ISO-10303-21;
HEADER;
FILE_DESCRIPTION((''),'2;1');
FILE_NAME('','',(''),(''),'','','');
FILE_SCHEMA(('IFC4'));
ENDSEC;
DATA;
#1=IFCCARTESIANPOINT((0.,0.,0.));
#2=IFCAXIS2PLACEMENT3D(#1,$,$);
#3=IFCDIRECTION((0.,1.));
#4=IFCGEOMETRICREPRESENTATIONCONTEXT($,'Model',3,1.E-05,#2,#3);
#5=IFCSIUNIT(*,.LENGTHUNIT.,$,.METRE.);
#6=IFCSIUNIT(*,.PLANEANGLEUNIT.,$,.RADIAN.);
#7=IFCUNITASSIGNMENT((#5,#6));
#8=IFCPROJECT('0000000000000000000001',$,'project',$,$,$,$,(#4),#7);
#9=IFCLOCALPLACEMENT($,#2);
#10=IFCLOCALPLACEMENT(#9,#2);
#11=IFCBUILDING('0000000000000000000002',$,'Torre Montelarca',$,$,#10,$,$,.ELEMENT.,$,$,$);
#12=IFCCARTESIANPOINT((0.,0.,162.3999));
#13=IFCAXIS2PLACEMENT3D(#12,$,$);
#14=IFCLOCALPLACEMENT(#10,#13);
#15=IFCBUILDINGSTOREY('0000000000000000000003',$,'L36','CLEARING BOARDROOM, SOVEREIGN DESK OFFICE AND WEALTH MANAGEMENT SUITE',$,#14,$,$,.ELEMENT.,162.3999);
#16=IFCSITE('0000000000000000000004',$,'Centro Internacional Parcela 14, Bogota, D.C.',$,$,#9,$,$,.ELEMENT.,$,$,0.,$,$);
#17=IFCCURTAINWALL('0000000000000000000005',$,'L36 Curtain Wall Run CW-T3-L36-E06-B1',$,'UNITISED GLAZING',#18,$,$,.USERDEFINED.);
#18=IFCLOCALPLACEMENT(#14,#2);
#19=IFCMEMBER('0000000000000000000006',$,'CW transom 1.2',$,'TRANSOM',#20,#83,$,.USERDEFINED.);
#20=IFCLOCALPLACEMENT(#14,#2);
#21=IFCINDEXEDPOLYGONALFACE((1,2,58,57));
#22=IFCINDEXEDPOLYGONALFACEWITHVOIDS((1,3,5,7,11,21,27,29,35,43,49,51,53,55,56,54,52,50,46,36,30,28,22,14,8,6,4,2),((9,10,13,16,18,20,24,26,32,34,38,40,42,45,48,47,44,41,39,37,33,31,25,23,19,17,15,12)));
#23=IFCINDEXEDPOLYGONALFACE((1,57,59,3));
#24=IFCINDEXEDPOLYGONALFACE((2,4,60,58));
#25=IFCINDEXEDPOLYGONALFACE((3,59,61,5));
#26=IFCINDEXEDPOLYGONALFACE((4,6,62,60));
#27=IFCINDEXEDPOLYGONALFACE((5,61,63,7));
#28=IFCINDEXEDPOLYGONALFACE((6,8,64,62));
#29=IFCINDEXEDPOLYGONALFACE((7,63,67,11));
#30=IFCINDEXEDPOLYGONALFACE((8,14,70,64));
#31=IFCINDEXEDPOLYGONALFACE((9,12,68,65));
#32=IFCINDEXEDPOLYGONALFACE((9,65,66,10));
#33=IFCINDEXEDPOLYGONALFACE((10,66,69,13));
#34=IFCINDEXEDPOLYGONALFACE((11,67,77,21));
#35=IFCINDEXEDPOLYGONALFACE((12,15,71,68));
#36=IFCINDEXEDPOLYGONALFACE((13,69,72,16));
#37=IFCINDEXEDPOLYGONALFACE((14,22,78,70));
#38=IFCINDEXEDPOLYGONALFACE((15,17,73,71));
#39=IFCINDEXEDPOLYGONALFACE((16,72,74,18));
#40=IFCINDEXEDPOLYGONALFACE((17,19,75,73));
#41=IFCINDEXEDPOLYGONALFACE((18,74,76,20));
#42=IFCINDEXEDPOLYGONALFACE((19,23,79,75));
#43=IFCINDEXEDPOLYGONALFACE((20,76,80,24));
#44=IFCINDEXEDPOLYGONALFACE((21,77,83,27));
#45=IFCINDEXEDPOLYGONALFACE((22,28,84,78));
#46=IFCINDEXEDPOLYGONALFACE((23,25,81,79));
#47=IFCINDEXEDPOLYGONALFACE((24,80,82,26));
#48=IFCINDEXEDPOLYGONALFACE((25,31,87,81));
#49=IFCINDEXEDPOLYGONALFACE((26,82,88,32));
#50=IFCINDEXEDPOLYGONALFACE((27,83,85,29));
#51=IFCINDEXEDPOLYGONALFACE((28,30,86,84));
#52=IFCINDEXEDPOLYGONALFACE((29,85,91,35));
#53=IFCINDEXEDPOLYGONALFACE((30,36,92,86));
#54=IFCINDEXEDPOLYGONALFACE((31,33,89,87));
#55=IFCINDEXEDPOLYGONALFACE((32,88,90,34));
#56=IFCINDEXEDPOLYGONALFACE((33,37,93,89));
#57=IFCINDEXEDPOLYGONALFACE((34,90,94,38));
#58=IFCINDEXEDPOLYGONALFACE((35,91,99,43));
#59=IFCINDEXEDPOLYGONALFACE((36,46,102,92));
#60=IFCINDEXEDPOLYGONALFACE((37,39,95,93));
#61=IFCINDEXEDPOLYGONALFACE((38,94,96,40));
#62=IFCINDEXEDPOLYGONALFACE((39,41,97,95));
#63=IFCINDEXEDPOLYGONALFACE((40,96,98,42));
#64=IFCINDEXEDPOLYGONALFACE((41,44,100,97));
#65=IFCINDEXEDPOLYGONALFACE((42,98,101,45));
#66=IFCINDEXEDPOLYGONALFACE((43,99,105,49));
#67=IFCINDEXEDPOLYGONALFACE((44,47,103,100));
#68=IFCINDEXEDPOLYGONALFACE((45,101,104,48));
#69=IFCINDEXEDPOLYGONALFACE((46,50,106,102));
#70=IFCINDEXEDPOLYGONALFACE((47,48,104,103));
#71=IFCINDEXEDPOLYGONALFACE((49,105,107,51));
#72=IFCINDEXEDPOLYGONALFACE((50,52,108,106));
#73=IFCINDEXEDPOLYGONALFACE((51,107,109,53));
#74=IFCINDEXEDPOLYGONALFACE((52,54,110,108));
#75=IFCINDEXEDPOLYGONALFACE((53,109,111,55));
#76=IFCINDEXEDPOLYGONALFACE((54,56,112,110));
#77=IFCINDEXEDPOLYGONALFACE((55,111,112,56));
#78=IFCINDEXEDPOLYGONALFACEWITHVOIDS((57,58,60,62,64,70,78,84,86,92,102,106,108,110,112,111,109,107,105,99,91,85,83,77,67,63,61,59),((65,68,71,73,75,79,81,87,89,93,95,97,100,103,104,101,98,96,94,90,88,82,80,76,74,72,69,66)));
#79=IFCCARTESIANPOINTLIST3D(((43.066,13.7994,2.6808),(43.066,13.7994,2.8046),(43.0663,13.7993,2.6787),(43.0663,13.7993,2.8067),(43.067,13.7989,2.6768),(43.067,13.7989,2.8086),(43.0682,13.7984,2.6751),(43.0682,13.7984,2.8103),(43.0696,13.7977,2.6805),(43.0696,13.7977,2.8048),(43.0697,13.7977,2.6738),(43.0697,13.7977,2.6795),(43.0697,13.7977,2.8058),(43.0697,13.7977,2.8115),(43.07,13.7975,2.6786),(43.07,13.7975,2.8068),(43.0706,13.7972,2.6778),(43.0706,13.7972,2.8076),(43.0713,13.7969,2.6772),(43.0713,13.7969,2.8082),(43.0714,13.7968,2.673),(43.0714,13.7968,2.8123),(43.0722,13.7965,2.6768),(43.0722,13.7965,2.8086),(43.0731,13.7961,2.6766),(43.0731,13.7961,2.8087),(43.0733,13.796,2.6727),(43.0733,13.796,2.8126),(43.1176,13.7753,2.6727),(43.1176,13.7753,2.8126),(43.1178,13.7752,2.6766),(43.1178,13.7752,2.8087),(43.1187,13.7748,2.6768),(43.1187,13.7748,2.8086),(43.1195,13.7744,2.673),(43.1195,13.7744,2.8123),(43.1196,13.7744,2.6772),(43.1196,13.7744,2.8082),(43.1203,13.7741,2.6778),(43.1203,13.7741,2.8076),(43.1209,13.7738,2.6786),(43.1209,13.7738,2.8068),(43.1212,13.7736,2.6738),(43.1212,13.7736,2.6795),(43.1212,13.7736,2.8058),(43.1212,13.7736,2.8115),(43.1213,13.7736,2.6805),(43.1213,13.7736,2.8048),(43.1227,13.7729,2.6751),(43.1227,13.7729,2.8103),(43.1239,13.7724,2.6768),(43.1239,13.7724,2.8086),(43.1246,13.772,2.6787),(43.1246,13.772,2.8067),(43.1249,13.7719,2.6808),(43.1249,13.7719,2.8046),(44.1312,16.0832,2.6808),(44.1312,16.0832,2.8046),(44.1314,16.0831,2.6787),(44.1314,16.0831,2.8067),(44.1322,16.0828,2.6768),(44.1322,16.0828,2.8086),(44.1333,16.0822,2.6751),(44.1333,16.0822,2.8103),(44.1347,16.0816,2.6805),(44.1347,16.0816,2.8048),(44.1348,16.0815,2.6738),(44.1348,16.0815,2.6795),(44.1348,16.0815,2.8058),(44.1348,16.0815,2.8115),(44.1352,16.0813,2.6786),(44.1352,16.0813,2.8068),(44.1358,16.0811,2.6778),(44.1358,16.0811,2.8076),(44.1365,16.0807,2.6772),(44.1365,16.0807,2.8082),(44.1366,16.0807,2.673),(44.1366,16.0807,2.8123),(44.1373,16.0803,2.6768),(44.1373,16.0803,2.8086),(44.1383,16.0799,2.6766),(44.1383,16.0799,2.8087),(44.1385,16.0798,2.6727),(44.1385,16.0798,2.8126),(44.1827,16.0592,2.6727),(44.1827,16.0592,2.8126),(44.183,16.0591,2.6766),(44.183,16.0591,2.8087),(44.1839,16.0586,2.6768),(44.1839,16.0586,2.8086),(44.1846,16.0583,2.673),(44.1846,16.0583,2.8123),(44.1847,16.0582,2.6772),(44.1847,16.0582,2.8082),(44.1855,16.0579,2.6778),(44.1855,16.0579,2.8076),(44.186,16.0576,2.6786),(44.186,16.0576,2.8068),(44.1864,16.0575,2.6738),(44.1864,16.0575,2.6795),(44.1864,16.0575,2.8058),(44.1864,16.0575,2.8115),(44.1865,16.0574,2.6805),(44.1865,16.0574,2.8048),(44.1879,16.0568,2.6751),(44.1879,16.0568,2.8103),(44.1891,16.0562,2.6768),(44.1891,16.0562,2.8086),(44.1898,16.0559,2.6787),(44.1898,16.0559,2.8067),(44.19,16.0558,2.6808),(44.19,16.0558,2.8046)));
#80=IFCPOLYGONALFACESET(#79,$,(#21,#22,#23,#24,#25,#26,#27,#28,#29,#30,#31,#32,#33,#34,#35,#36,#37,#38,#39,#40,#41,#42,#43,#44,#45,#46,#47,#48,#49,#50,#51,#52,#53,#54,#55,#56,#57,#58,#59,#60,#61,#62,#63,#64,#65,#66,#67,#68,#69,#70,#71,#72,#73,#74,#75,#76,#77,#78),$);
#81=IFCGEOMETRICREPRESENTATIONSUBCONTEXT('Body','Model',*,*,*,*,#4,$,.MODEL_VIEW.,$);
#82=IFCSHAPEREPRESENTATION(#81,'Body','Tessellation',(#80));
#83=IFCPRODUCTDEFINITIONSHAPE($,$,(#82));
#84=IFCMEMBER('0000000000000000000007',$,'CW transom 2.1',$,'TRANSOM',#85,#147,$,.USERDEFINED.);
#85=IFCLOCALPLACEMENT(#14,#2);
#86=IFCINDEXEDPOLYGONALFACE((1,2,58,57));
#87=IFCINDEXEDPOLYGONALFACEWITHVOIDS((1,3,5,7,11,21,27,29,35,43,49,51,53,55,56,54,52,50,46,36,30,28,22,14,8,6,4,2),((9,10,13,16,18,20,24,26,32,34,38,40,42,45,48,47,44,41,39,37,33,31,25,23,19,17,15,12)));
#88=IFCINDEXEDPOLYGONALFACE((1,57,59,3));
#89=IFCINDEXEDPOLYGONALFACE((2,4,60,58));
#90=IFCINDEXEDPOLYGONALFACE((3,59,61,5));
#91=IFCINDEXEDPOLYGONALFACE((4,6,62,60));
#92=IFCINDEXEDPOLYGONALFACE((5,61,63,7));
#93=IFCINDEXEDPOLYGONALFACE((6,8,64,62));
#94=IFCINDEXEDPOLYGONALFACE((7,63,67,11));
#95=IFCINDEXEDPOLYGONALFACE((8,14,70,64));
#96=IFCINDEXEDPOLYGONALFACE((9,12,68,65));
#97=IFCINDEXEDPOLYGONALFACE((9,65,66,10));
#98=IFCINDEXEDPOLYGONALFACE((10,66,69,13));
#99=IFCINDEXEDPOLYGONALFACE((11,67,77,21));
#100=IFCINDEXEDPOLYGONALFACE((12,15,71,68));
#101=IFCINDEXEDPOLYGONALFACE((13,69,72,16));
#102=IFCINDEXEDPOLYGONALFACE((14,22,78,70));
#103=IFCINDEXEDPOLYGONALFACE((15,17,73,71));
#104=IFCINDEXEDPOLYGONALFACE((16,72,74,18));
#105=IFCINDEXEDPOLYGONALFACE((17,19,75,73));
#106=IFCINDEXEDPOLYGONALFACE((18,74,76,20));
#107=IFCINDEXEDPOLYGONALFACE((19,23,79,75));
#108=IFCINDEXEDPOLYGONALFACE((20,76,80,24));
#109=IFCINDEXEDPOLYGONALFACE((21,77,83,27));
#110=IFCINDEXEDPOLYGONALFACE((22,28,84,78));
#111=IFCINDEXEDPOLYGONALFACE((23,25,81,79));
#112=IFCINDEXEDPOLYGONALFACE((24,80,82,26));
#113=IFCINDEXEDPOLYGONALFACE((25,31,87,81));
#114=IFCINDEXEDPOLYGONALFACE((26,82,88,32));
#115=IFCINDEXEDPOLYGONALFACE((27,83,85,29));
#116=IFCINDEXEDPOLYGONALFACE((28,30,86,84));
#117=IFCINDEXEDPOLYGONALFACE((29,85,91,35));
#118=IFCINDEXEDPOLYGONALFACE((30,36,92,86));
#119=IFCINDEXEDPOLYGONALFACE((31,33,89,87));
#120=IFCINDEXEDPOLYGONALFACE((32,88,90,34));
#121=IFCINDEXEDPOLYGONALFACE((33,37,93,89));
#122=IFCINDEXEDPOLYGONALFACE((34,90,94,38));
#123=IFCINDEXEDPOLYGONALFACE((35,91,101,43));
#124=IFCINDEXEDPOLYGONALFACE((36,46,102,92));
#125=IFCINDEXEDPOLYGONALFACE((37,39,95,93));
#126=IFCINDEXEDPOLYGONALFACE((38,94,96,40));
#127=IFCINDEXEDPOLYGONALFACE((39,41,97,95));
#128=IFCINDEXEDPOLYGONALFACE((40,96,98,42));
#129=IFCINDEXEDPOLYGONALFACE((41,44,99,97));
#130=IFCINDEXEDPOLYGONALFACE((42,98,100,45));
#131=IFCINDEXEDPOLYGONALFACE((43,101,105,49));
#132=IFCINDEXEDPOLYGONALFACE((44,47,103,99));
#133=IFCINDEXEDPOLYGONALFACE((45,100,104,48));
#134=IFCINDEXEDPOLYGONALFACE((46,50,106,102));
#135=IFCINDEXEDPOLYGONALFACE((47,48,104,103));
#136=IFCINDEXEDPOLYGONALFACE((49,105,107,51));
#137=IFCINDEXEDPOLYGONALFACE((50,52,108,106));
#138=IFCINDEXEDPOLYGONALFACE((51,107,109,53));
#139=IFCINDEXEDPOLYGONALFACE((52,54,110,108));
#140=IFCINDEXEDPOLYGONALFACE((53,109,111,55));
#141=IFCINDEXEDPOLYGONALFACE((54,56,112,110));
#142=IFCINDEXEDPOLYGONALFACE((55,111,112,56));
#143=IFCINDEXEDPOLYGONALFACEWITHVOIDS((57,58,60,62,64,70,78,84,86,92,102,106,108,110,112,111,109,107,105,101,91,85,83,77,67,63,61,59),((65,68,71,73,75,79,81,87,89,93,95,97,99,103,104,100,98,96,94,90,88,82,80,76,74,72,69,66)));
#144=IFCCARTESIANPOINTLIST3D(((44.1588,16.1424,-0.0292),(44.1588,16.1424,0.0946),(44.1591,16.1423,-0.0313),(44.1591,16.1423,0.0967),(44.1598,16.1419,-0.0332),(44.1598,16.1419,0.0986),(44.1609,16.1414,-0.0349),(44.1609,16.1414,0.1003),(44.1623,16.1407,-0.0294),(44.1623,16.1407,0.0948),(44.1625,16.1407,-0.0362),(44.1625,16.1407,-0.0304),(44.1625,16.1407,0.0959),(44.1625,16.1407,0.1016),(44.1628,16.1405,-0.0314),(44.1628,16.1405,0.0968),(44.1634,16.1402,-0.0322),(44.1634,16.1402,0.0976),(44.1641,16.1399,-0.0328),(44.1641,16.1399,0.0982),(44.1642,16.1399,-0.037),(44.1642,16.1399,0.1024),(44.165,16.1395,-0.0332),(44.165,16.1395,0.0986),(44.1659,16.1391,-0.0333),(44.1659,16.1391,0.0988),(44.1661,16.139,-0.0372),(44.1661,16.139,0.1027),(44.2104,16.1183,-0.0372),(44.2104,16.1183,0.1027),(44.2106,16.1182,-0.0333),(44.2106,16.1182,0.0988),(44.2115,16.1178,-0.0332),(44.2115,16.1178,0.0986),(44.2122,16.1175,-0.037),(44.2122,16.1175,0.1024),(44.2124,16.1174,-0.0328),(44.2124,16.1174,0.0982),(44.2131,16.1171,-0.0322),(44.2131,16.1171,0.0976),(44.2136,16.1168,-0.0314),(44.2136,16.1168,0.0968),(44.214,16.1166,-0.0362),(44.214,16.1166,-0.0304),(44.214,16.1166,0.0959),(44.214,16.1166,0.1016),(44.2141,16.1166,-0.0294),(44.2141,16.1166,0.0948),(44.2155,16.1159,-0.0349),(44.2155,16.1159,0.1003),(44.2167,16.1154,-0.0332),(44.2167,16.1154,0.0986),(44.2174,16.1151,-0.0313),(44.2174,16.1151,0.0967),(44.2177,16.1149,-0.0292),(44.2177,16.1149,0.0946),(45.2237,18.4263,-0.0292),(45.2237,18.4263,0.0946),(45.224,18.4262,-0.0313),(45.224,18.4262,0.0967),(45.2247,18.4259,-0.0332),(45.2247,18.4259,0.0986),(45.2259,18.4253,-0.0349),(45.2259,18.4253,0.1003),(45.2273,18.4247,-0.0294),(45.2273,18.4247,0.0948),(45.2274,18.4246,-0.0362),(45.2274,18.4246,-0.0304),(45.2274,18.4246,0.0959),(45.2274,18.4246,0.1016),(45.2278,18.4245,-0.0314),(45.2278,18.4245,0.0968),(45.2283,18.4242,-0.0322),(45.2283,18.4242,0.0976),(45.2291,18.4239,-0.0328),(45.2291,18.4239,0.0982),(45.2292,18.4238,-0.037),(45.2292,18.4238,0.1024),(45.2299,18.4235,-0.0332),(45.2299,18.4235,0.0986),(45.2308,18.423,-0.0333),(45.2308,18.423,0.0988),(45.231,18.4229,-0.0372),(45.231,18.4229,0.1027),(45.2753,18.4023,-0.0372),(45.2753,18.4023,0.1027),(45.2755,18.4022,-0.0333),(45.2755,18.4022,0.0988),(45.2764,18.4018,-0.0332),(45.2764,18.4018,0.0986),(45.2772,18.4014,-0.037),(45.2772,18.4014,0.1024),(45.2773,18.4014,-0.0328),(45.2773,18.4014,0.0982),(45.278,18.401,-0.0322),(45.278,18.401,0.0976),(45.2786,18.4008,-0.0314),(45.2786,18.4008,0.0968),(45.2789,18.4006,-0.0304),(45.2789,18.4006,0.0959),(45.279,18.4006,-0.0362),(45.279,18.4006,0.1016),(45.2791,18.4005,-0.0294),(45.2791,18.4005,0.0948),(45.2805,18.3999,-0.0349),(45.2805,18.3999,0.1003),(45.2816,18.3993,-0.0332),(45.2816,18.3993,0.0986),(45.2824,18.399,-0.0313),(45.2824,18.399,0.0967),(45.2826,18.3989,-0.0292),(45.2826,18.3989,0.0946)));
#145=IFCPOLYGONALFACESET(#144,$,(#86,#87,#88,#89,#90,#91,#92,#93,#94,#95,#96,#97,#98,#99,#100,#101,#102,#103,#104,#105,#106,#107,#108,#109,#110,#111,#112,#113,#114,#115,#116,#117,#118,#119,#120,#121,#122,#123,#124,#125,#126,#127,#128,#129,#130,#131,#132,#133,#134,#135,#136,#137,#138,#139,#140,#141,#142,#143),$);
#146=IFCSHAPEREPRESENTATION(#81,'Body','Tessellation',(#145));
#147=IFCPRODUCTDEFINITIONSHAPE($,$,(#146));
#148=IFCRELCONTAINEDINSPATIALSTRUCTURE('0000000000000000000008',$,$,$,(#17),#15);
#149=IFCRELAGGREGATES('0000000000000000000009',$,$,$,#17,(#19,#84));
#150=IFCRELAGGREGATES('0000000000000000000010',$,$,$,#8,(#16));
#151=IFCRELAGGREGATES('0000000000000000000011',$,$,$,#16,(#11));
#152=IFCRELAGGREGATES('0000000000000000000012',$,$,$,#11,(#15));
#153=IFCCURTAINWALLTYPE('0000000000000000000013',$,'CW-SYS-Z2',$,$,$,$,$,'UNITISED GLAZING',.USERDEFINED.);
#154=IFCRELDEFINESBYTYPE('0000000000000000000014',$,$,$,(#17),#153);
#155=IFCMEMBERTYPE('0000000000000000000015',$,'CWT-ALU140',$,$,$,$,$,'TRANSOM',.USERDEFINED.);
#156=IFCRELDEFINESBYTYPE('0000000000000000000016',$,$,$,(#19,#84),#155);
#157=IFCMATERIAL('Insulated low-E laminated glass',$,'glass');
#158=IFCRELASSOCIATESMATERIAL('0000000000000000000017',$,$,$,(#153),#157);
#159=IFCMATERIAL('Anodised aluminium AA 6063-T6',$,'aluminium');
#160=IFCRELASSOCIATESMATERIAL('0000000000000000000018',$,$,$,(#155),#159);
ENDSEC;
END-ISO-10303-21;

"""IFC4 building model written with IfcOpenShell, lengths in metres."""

from ifc_helpers import new_model, si_unit, direction, frame, origin, origin_2d, place, context, subcontext, project, spatial, hollow_rectangle, extrude, source, transform, mapped, material, material_profile, profile_set, type_object, element, aggregate, save


model = new_model("IFC4")

# Units and contexts
model_context = context("Model", 3, precision=1e-05, world=origin(), true_north=direction((0.0, 1.0)))
body_context = subcontext(model_context, "Body", "Model", "MODEL_VIEW")
ifc_project = project(units=[si_unit("LENGTHUNIT", "METRE"), si_unit("PLANEANGLEUNIT", "RADIAN")], contexts=[model_context])

# Site, building, storey
site_placement = place(None, origin())
site = spatial("IfcSite", under=ifc_project, at=site_placement, Name="Centro Internacional Parcela 14, Bogota, D.C.", CompositionType="ELEMENT", RefElevation=0.0)
building_placement = place(site_placement, origin())
building = spatial("IfcBuilding", under=site, at=building_placement, Name="Torre Montelarca", CompositionType="ELEMENT")
storey_placement = place(building_placement, frame((0.0, 0.0, 162.3999)))
storey = spatial("IfcBuildingStorey", under=building, at=storey_placement, Name="L36", Description="CLEARING BOARDROOM, SOVEREIGN DESK OFFICE AND WEALTH MANAGEMENT SUITE", CompositionType="ELEMENT", Elevation=162.3999)

# Curtain wall
ifc_material_1 = material(Name="Insulated low-E laminated glass", Category="glass")
curtain_wall_type = type_object("IfcCurtainWallType", Name="CW-SYS-Z2", ElementType="UNITISED GLAZING", PredefinedType="USERDEFINED", material=ifc_material_1)
ifc_material_2 = material(Name="Anodised aluminium AA 6063-T6", Category="aluminium")
curtain_wall_1_placement = place(storey_placement, origin())
curtain_wall_1 = element("IfcCurtainWall", 1, at=curtain_wall_1_placement, inside=storey, type_object=curtain_wall_type, Name="L36 Curtain Wall Run CW-T3-L36-E06-B1", ObjectType="UNITISED GLAZING", PredefinedType="USERDEFINED")

# Members
ifc_material_profile_1 = material_profile(ifc_material_2, hollow_rectangle(XDim=0.0649, YDim=0.1399, WallThickness=0.0039, InnerFilletRadius=0.0039, OuterFilletRadius=0.0081, at=origin_2d()), Name="ALU65X140X4", Category="aluminium")
ifc_profile_set_1 = profile_set([ifc_material_profile_1], Name="Anodised aluminium AA 6063-T6")
member_type_1 = type_object("IfcMemberType", Name="CWT-ALU140", ElementType="TRANSOM", PredefinedType="USERDEFINED", material=ifc_profile_set_1)
shared_shape_1 = source(origin(), body_context, "Body", "SweptSolid", [
    extrude(hollow_rectangle(XDim=0.0649, YDim=0.1399, WallThickness=0.0039, InnerFilletRadius=0.0039, OuterFilletRadius=0.0081, at=origin_2d()), origin(), (0.0, 0.0, 1.0), 2.52),
])
member_1_placement = place(storey_placement, frame((43.0955, 13.7856, 2.7427), z_axis=(0.422673, 0.906282, 0.0), x_axis=(-0.906282, 0.422673, 0.0)))
member_1 = element("IfcMember", 2, at=member_1_placement, type_object=member_type_1, Name="CW transom 1.2", ObjectType="TRANSOM", PredefinedType="USERDEFINED", context=body_context, shape_type="MappedRepresentation", body=[
    mapped(shared_shape_1, transform((0.0, 0.0, 0.0), scale=1.0)),
])
member_2_placement = place(storey_placement, frame((44.1882, 16.1287, 0.0327), z_axis=(0.422594, 0.906319, 0.0), x_axis=(-0.906319, 0.422594, 0.0)))
member_2 = element("IfcMember", 3, at=member_2_placement, type_object=member_type_1, Name="CW transom 2.1", ObjectType="TRANSOM", PredefinedType="USERDEFINED", context=body_context, shape_type="MappedRepresentation", body=[
    mapped(shared_shape_1, transform((0.0, 0.0, 0.0), scale=1.0)),
])

aggregate(curtain_wall_1, [member_1, member_2])

save(model, "model.ifc")
